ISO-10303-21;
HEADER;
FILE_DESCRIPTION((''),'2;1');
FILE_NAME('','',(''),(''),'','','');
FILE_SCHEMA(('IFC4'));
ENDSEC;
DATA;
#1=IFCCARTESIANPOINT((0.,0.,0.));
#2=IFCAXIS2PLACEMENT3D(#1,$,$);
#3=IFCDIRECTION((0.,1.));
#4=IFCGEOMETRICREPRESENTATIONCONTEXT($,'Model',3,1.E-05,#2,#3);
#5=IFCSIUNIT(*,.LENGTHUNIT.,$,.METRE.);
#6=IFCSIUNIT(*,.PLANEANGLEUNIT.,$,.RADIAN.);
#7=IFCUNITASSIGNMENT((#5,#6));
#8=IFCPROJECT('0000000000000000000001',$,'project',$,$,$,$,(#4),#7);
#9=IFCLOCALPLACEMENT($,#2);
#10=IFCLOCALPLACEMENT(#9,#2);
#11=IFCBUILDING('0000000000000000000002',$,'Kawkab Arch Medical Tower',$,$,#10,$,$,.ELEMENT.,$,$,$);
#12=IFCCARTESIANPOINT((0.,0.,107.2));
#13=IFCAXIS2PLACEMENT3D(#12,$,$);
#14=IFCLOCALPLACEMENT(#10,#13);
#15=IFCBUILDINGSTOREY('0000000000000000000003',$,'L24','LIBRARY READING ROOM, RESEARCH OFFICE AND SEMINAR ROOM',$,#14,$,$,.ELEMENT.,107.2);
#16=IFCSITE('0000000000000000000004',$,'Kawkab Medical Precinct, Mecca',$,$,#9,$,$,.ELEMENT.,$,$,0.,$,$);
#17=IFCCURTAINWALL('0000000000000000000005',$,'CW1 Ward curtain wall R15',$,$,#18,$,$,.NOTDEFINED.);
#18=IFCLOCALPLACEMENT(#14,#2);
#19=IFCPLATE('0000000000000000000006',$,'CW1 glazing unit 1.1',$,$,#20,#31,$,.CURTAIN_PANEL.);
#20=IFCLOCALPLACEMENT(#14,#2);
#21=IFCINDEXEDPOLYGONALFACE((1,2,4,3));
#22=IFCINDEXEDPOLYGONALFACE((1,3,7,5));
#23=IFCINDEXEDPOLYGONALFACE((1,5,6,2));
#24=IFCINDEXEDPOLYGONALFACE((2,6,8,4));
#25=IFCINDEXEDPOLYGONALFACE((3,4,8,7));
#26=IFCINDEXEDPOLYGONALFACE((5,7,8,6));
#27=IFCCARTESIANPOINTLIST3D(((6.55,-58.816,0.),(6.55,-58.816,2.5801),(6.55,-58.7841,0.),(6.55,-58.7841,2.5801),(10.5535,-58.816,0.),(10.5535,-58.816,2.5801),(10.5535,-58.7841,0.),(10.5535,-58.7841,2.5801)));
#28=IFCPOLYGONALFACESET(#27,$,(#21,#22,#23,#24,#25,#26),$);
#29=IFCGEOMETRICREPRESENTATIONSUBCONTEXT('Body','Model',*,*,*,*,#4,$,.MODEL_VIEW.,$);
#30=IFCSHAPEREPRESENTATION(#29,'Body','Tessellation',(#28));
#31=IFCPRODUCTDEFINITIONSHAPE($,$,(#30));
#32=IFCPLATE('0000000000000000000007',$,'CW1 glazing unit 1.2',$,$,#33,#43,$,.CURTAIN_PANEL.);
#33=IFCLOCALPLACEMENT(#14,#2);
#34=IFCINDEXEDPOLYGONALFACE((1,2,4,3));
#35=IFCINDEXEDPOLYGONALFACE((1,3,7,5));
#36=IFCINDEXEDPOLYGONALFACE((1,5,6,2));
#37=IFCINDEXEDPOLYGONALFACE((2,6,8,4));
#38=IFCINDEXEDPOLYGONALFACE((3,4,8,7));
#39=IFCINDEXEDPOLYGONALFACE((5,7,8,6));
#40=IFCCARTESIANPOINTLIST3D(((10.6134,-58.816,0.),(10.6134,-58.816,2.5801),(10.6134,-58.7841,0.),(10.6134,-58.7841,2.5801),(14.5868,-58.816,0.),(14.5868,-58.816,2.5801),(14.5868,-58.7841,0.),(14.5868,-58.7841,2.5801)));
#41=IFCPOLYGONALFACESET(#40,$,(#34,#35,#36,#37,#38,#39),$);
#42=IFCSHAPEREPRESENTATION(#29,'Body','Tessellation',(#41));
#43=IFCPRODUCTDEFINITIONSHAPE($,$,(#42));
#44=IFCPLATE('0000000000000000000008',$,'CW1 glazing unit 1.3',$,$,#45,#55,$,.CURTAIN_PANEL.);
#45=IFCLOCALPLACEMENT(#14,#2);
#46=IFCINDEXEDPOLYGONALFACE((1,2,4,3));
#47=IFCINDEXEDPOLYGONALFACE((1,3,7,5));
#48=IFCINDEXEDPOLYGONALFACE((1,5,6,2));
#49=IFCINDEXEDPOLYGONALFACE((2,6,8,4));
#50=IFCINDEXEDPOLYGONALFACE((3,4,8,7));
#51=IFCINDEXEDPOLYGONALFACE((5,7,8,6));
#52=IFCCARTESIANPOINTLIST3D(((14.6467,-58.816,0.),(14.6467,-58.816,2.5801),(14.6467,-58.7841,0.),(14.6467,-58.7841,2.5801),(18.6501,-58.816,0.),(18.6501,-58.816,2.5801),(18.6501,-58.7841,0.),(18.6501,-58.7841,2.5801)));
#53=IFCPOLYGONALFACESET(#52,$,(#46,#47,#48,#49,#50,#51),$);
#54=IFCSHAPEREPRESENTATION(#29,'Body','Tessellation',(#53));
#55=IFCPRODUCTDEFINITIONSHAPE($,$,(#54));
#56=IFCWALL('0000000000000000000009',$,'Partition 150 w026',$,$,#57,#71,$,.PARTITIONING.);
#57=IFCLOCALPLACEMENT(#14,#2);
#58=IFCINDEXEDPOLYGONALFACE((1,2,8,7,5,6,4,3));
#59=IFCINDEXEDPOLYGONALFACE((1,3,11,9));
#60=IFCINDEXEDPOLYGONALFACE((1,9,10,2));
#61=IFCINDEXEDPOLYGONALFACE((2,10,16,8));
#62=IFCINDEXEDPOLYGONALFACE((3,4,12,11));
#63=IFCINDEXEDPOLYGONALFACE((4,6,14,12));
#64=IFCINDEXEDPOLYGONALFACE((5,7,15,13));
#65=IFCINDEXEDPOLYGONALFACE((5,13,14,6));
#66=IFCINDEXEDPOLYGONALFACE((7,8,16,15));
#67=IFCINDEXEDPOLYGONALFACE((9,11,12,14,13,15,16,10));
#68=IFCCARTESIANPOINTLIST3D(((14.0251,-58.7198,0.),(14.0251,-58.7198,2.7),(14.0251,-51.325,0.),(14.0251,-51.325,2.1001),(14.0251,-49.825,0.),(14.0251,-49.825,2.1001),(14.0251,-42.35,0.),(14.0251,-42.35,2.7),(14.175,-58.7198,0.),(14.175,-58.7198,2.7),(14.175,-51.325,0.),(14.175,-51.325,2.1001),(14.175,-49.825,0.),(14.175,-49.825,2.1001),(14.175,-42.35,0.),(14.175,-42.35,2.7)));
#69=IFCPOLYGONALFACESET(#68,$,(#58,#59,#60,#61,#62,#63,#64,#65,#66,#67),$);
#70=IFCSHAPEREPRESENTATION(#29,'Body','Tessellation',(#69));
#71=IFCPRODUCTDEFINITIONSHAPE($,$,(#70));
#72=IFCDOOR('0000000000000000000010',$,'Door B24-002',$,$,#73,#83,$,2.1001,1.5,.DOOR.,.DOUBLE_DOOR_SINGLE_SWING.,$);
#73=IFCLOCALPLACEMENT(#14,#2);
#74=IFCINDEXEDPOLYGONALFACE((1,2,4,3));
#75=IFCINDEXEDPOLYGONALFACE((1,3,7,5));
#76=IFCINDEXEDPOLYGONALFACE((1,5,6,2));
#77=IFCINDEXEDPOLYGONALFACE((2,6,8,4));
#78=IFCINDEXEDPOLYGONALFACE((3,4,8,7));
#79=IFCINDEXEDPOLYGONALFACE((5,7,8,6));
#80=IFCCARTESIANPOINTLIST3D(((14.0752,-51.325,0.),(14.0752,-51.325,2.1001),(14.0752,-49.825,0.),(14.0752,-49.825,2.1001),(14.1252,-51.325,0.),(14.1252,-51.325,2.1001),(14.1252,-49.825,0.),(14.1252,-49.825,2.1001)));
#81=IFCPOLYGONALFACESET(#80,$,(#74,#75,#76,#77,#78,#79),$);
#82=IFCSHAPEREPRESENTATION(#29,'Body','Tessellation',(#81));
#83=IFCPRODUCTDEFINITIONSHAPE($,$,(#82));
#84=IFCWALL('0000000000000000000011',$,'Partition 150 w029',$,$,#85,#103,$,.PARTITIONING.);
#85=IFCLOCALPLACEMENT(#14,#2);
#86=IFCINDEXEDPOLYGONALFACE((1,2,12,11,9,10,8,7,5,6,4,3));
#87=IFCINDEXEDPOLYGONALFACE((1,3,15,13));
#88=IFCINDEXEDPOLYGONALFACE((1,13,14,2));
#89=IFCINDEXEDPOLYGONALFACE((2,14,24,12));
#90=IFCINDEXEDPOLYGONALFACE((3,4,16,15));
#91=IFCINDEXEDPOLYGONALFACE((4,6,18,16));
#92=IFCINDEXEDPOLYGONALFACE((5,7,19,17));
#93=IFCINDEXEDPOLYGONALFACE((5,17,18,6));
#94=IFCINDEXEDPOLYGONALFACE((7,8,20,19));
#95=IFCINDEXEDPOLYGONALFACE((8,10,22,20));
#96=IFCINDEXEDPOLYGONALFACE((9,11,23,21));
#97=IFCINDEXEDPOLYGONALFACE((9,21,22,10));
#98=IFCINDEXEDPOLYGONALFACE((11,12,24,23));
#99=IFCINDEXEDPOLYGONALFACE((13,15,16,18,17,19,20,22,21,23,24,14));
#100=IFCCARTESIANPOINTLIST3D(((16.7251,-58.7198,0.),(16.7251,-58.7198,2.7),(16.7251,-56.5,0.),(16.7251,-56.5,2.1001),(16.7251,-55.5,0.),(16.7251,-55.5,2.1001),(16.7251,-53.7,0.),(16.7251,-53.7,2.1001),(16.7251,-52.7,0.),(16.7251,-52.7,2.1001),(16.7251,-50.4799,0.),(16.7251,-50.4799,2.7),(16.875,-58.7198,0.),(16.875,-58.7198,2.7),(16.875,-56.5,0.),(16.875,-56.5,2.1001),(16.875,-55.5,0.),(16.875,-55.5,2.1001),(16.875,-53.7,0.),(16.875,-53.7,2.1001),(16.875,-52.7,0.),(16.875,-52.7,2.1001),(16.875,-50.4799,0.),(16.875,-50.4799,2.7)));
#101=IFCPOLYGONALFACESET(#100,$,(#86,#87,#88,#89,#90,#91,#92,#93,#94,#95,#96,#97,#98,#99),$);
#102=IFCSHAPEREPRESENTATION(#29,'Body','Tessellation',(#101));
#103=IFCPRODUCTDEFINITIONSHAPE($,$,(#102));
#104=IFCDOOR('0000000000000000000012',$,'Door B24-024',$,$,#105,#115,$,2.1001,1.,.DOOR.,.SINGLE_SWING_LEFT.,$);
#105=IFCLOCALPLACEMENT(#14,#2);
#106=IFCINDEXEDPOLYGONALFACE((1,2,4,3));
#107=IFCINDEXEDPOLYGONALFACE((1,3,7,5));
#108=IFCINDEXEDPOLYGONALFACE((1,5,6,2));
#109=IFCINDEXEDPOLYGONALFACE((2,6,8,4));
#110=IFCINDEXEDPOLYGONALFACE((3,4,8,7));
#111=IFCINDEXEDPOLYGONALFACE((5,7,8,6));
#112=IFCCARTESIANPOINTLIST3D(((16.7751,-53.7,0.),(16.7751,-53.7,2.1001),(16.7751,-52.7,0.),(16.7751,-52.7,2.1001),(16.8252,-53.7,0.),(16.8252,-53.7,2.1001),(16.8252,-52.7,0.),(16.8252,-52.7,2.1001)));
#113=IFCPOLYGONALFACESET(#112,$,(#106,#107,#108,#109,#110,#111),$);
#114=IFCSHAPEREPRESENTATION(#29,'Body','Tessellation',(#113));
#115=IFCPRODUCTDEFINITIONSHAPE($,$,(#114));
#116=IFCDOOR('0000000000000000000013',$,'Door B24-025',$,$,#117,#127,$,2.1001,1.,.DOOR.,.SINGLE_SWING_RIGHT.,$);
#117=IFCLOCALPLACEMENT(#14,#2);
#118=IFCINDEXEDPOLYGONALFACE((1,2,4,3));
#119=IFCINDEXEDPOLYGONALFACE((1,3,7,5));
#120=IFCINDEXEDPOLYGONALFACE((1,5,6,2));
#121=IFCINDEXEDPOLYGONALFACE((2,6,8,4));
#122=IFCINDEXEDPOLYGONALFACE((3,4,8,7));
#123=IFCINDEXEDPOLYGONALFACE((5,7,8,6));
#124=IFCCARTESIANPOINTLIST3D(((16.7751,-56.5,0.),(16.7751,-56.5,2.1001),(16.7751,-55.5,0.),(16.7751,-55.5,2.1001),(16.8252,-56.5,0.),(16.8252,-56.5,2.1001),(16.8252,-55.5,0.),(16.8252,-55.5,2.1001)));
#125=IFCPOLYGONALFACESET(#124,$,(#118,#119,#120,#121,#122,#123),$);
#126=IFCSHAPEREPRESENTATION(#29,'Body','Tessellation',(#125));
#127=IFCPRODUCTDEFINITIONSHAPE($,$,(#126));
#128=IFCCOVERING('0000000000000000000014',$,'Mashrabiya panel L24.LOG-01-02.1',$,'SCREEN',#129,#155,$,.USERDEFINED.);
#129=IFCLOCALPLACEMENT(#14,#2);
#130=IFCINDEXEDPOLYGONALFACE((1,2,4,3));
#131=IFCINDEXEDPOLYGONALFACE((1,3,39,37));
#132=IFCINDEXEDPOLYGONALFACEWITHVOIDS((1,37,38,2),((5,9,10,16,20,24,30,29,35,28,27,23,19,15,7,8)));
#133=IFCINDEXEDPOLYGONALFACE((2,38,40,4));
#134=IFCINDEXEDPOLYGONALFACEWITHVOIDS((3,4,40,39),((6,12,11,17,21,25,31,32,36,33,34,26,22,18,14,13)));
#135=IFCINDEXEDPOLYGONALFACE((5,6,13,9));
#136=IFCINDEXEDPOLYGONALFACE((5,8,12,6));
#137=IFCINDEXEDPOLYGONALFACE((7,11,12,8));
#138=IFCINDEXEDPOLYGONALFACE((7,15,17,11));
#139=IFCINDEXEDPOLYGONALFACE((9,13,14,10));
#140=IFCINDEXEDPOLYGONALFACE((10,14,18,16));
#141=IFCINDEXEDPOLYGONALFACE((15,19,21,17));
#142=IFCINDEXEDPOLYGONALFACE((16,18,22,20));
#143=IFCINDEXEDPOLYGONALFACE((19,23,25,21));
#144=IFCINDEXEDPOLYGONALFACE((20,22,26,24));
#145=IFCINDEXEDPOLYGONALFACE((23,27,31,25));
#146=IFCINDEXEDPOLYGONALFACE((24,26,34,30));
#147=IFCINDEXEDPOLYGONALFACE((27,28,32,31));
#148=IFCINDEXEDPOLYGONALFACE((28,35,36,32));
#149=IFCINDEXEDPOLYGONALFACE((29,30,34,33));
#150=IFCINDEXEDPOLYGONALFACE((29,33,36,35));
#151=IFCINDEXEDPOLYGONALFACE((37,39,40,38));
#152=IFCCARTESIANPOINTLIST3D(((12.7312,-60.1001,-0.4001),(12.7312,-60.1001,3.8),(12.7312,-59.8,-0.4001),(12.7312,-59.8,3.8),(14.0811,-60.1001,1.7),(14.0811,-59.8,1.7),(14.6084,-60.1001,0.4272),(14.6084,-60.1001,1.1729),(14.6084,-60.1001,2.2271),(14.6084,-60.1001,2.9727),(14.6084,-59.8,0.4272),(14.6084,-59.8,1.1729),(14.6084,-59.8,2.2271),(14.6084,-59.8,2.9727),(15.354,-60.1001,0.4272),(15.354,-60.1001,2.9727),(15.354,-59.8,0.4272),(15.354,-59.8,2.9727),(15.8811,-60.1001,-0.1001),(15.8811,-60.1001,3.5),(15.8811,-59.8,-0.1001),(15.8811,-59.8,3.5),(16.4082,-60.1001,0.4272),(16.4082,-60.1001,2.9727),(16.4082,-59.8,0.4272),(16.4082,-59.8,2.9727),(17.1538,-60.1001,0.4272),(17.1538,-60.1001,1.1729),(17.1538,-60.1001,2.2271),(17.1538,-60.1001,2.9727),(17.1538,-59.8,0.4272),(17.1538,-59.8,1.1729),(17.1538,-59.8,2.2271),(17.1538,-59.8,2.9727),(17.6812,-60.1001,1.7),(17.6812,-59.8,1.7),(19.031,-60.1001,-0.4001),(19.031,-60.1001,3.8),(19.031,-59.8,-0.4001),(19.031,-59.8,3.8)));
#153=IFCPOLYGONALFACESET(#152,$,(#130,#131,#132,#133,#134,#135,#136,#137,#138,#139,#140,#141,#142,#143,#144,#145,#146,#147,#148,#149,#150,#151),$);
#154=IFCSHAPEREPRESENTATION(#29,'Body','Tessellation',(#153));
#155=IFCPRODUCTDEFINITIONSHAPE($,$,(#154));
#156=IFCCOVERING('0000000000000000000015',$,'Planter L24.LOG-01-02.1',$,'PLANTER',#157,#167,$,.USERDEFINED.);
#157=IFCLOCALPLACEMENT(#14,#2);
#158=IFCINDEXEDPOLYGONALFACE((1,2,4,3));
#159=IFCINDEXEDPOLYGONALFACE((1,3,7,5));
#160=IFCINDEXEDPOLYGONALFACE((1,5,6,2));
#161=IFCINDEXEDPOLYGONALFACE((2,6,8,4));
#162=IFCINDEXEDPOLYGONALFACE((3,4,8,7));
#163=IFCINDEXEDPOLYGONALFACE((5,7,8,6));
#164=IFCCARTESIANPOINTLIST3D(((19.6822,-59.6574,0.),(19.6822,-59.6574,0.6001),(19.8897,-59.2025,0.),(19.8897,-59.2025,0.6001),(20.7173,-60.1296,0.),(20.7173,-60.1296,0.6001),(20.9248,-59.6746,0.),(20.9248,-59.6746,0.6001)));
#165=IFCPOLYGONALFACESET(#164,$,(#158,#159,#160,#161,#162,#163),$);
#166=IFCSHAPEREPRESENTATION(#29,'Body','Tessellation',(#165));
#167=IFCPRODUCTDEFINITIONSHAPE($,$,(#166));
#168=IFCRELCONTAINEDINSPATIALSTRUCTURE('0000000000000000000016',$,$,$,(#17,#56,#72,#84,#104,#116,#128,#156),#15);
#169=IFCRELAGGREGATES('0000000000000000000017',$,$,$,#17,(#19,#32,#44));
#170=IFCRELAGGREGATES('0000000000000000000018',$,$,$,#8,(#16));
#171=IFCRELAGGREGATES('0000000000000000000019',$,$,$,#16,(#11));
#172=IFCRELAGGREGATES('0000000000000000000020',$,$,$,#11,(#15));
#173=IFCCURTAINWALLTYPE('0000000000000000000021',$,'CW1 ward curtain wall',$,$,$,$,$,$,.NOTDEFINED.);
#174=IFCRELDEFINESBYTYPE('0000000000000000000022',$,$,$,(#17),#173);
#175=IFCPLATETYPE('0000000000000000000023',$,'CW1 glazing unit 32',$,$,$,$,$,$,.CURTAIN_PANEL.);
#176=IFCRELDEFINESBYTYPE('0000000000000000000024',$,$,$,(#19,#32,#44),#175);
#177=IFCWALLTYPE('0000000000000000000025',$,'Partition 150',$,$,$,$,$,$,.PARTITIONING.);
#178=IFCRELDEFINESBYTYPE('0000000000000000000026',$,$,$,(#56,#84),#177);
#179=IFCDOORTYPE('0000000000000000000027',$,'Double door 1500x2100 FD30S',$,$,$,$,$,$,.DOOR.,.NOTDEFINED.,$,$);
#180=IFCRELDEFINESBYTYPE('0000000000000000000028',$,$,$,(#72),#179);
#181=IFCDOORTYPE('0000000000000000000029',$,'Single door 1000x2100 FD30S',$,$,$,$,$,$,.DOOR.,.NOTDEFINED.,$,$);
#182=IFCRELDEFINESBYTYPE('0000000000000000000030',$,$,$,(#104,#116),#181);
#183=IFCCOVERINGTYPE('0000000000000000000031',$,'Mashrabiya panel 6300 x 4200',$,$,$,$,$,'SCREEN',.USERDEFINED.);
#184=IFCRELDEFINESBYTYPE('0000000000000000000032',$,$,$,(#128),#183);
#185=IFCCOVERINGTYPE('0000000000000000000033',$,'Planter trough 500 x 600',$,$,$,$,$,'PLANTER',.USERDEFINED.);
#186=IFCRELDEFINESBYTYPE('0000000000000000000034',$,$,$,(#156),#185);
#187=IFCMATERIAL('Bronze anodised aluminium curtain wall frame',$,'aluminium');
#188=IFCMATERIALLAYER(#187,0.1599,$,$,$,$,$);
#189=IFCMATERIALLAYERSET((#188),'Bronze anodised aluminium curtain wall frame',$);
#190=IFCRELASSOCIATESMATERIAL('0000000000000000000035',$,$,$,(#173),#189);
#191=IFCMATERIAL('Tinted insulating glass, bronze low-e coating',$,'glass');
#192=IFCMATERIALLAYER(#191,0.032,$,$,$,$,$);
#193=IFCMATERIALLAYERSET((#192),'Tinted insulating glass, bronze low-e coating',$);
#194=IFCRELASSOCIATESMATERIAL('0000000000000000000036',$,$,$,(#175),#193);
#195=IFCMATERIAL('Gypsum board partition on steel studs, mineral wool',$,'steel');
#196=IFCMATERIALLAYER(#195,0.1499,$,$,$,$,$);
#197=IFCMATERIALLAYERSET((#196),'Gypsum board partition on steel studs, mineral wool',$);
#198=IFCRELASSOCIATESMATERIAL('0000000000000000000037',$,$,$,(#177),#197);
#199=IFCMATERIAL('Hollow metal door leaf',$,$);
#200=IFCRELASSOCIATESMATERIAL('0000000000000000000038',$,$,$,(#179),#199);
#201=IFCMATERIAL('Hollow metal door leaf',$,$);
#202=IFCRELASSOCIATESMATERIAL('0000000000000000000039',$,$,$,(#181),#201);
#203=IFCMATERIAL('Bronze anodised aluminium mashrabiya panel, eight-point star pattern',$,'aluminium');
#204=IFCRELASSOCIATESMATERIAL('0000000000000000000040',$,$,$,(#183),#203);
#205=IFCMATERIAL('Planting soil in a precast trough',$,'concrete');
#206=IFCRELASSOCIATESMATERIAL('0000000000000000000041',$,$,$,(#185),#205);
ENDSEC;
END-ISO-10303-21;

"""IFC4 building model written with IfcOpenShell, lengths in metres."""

from ifc_helpers import new_model, si_unit, direction, frame, frame_2d, origin, origin_2d, place, context, subcontext, project, spatial, polyline, rectangle, outline, extrude, material, layer, layer_set, material_profile, profile_set, type_object, element, fill, aggregate, save


model = new_model("IFC4")

# Units and contexts
model_context = context("Model", 3, precision=1e-05, world=origin(), true_north=direction((0.0, 1.0)))
body_context = subcontext(model_context, "Body", "Model", "MODEL_VIEW")
ifc_project = project(units=[si_unit("LENGTHUNIT", "METRE"), si_unit("PLANEANGLEUNIT", "RADIAN")], contexts=[model_context])

# Site, building, storey
site_placement = place(None, origin())
site = spatial("IfcSite", under=ifc_project, at=site_placement, Name="Kawkab Medical Precinct, Mecca", CompositionType="ELEMENT", RefElevation=0.0)
building_placement = place(site_placement, origin())
building = spatial("IfcBuilding", under=site, at=building_placement, Name="Kawkab Arch Medical Tower", CompositionType="ELEMENT")
storey_placement = place(building_placement, frame((0.0, 0.0, 107.2)))
storey = spatial("IfcBuildingStorey", under=building, at=storey_placement, Name="L24", Description="LIBRARY READING ROOM, RESEARCH OFFICE AND SEMINAR ROOM", CompositionType="ELEMENT", Elevation=107.2)

# Curtain wall
ifc_material_1 = material(Name="Bronze anodised aluminium curtain wall frame", Category="aluminium")
ifc_layer_1 = layer(ifc_material_1, 0.1599)
ifc_layer_set_1 = layer_set([ifc_layer_1], Name="Bronze anodised aluminium curtain wall frame")
curtain_wall_type = type_object("IfcCurtainWallType", Name="CW1 ward curtain wall", PredefinedType="NOTDEFINED", material=ifc_layer_set_1)
curtain_wall_placement = place(storey_placement, origin())
curtain_wall = element("IfcCurtainWall", 1, at=curtain_wall_placement, inside=storey, type_object=curtain_wall_type, Name="CW1 Ward curtain wall R15", PredefinedType="NOTDEFINED")

# Plates
ifc_material_2 = material(Name="Tinted insulating glass, bronze low-e coating", Category="glass")
ifc_layer_2 = layer(ifc_material_2, 0.032)
ifc_layer_set_2 = layer_set([ifc_layer_2], Name="Tinted insulating glass, bronze low-e coating")
plate_type = type_object("IfcPlateType", Name="CW1 glazing unit 32", PredefinedType="CURTAIN_PANEL", material=ifc_layer_set_2)
plate_1_placement = place(storey_placement, frame((8.5518, -58.8, 0.0), z_axis=(0.0, 0.0, 1.0), x_axis=(1.0, 0.0, 0.0)))
plate_1 = element("IfcPlate", 2, at=plate_1_placement, type_object=plate_type, Name="CW1 glazing unit 1.1", PredefinedType="CURTAIN_PANEL", context=body_context, shape_type="SweptSolid", body=[
    extrude(rectangle(XDim=4.0034, YDim=0.032, at=origin_2d()), origin(), (0.0, 0.0, 1.0), 2.5801),
])
plate_2_placement = place(storey_placement, frame((12.6001, -58.8, 0.0), z_axis=(0.0, 0.0, 1.0), x_axis=(1.0, 0.0, 0.0)))
plate_2 = element("IfcPlate", 3, at=plate_2_placement, type_object=plate_type, Name="CW1 glazing unit 1.2", PredefinedType="CURTAIN_PANEL", context=body_context, shape_type="SweptSolid", body=[
    extrude(rectangle(XDim=3.9734, YDim=0.032, at=origin_2d()), origin(), (0.0, 0.0, 1.0), 2.5801),
])
plate_3_placement = place(storey_placement, frame((16.6484, -58.8, 0.0), z_axis=(0.0, 0.0, 1.0), x_axis=(1.0, 0.0, 0.0)))
plate_3 = element("IfcPlate", 4, at=plate_3_placement, type_object=plate_type, Name="CW1 glazing unit 1.3", PredefinedType="CURTAIN_PANEL", context=body_context, shape_type="SweptSolid", body=[
    extrude(rectangle(XDim=4.0034, YDim=0.032, at=origin_2d()), origin(), (0.0, 0.0, 1.0), 2.5801),
])
aggregate(curtain_wall, [plate_1, plate_2, plate_3])

# Wall, opening, door
ifc_material_3 = material(Name="Gypsum board partition on steel studs, mineral wool", Category="steel")
ifc_layer_3 = layer(ifc_material_3, 0.1499)
ifc_layer_set_3 = layer_set([ifc_layer_3], Name="Gypsum board partition on steel studs, mineral wool")
wall_type = type_object("IfcWallType", Name="Partition 150", PredefinedType="PARTITIONING", material=ifc_layer_set_3)
wall_1_placement = place(storey_placement, frame((14.1001, -58.72, 0.0), z_axis=(0.0, 0.0, 1.0), x_axis=(0.0, 1.0, 0.0)))
wall_1 = element("IfcWall", 5, at=wall_1_placement, inside=storey, type_object=wall_type, Name="Partition 150 w026", PredefinedType="PARTITIONING", context=body_context, shape_type="SweptSolid", body=[
    extrude(rectangle(XDim=16.3699, YDim=0.1499, at=frame_2d((8.1851, 0.0))), origin(), (0.0, 0.0, 1.0), 2.7),
])
opening_1_placement = place(wall_1_placement, frame((7.395, 0.0, 0.0)))
opening_1 = element("IfcOpeningElement", 6, at=opening_1_placement, cuts=wall_1, PredefinedType="OPENING", context=body_context, shape_type="SweptSolid", body=[
    extrude(rectangle(XDim=1.5, YDim=2.1001, at=frame_2d((0.75, 1.05))), frame((0.0, 0.085, 0.0), z_axis=(0.0, -1.0, 0.0), x_axis=(1.0, 0.0, 0.0)), (0.0, 0.0, 1.0), 0.1699),
])
ifc_material_4 = material(Name="Hollow metal door leaf")
door_type_1 = type_object("IfcDoorType", Name="Double door 1500x2100 FD30S", OperationType="NOTDEFINED", PredefinedType="DOOR", material=ifc_material_4)
door_1_placement = place(opening_1_placement, origin())
door_1 = element("IfcDoor", 7, at=door_1_placement, inside=storey, type_object=door_type_1, Name="Door B24-002", OperationType="DOUBLE_DOOR_SINGLE_SWING", OverallHeight=2.1001, OverallWidth=1.5, PredefinedType="DOOR", context=body_context, shape_type="SweptSolid", body=[
    extrude(rectangle(XDim=1.5, YDim=2.1001, at=frame_2d((0.75, 1.05))), frame((0.0, 0.0249, 0.0), z_axis=(0.0, -1.0, 0.0), x_axis=(1.0, 0.0, 0.0)), (0.0, 0.0, 1.0), 0.05),
])
fill(opening_1, door_1)

# Wall, openings, doors
wall_2_placement = place(storey_placement, frame((16.8, -58.72, 0.0), z_axis=(0.0, 0.0, 1.0), x_axis=(0.0, 1.0, 0.0)))
wall_2 = element("IfcWall", 8, at=wall_2_placement, inside=storey, type_object=wall_type, Name="Partition 150 w029", PredefinedType="PARTITIONING", context=body_context, shape_type="SweptSolid", body=[
    extrude(rectangle(XDim=8.24, YDim=0.1499, at=frame_2d((4.1201, 0.0))), origin(), (0.0, 0.0, 1.0), 2.7),
])
opening_2_placement = place(wall_2_placement, frame((5.02, 0.0, 0.0)))
opening_2 = element("IfcOpeningElement", 9, at=opening_2_placement, cuts=wall_2, PredefinedType="OPENING", context=body_context, shape_type="SweptSolid", body=[
    extrude(rectangle(XDim=1.0, YDim=2.1001, at=frame_2d((0.5, 1.05))), frame((0.0, 0.085, 0.0), z_axis=(0.0, -1.0, 0.0), x_axis=(1.0, 0.0, 0.0)), (0.0, 0.0, 1.0), 0.1699),
])
opening_3_placement = place(wall_2_placement, frame((2.22, 0.0, 0.0)))
opening_3 = element("IfcOpeningElement", 10, at=opening_3_placement, cuts=wall_2, PredefinedType="OPENING", context=body_context, shape_type="SweptSolid", body=[
    extrude(rectangle(XDim=1.0, YDim=2.1001, at=frame_2d((0.5, 1.05))), frame((0.0, 0.085, 0.0), z_axis=(0.0, -1.0, 0.0), x_axis=(1.0, 0.0, 0.0)), (0.0, 0.0, 1.0), 0.1699),
])
ifc_material_5 = material(Name="Hollow metal door leaf")
door_type_2 = type_object("IfcDoorType", Name="Single door 1000x2100 FD30S", OperationType="NOTDEFINED", PredefinedType="DOOR", material=ifc_material_5)
door_2_placement = place(opening_2_placement, origin())
door_2 = element("IfcDoor", 11, at=door_2_placement, inside=storey, type_object=door_type_2, Name="Door B24-024", OperationType="SINGLE_SWING_LEFT", OverallHeight=2.1001, OverallWidth=1.0, PredefinedType="DOOR", context=body_context, shape_type="SweptSolid", body=[
    extrude(rectangle(XDim=1.0, YDim=2.1001, at=frame_2d((0.5, 1.05))), frame((0.0, 0.0249, 0.0), z_axis=(0.0, -1.0, 0.0), x_axis=(1.0, 0.0, 0.0)), (0.0, 0.0, 1.0), 0.05),
])
fill(opening_2, door_2)
door_3_placement = place(opening_3_placement, origin())
door_3 = element("IfcDoor", 12, at=door_3_placement, inside=storey, type_object=door_type_2, Name="Door B24-025", OperationType="SINGLE_SWING_RIGHT", OverallHeight=2.1001, OverallWidth=1.0, PredefinedType="DOOR", context=body_context, shape_type="SweptSolid", body=[
    extrude(rectangle(XDim=1.0, YDim=2.1001, at=frame_2d((0.5, 1.05))), frame((0.0, 0.0249, 0.0), z_axis=(0.0, -1.0, 0.0), x_axis=(1.0, 0.0, 0.0)), (0.0, 0.0, 1.0), 0.05),
])
fill(opening_3, door_3)

# Coverings
ifc_material_6 = material(Name="Bronze anodised aluminium mashrabiya panel, eight-point star pattern", Category="aluminium")
ifc_material_profile_1 = material_profile(ifc_material_6, outline(polyline([(-3.1499, -2.1001), (3.1499, -2.1001), (3.1499, 2.1001), (-3.1499, 2.1001), (-3.1499, -2.1001)]), holes=[polyline([(1.8, 0.0), (1.2727, 0.5271), (1.2727, 1.2727), (0.5271, 1.2727), (0.0, 1.8), (-0.5271, 1.2727), (-1.2727, 1.2727), (-1.2727, 0.5271), (-1.8, 0.0), (-1.2727, -0.5271), (-1.2727, -1.2727), (-0.5271, -1.2727), (0.0, -1.8), (0.5271, -1.2727), (1.2727, -1.2727), (1.2727, -0.5271), (1.8, 0.0)])]), Name="Mashrabiya panel 6300x4200")
ifc_profile_set_1 = profile_set([ifc_material_profile_1], Name="Bronze anodised aluminium mashrabiya panel, eight-point star pattern")
covering_type_1 = type_object("IfcCoveringType", Name="Mashrabiya panel 6300 x 4200", ElementType="SCREEN", PredefinedType="USERDEFINED", material=ifc_profile_set_1)
covering_1_placement = place(storey_placement, frame((15.8811, -59.8, 1.7), z_axis=(0.0, -1.0, 0.0), x_axis=(1.0, 0.0, 0.0)))
element("IfcCovering", 13, at=covering_1_placement, inside=storey, type_object=covering_type_1, Name="Mashrabiya panel L24.LOG-01-02.1", ObjectType="SCREEN", PredefinedType="USERDEFINED", context=body_context, shape_type="SweptSolid", body=[
    extrude(outline(polyline([(-3.1499, -2.1001), (3.1499, -2.1001), (3.1499, 2.1001), (-3.1499, 2.1001), (-3.1499, -2.1001)]), holes=[polyline([(1.8, 0.0), (1.2727, 0.5271), (1.2727, 1.2727), (0.5271, 1.2727), (0.0, 1.8), (-0.5271, 1.2727), (-1.2727, 1.2727), (-1.2727, 0.5271), (-1.8, 0.0), (-1.2727, -0.5271), (-1.2727, -1.2727), (-0.5271, -1.2727), (0.0, -1.8), (0.5271, -1.2727), (1.2727, -1.2727), (1.2727, -0.5271), (1.8, 0.0)])]), origin(), (0.0, 0.0, 1.0), 0.3),
])
ifc_material_7 = material(Name="Planting soil in a precast trough", Category="concrete")
ifc_material_profile_2 = material_profile(ifc_material_7, rectangle(XDim=0.5, YDim=0.6001, at=origin_2d()), Name="Trough 500x600")
ifc_profile_set_2 = profile_set([ifc_material_profile_2], Name="Planting soil in a precast trough")
covering_type_2 = type_object("IfcCoveringType", Name="Planter trough 500 x 600", ElementType="PLANTER", PredefinedType="USERDEFINED", material=ifc_profile_set_2)
covering_2_placement = place(storey_placement, frame((20.821, -59.9021, 0.3), z_axis=(-0.909822, 0.414999, 0.0), x_axis=(-0.414999, -0.909822, 0.0)))
element("IfcCovering", 14, at=covering_2_placement, inside=storey, type_object=covering_type_2, Name="Planter L24.LOG-01-02.1", ObjectType="PLANTER", PredefinedType="USERDEFINED", context=body_context, shape_type="SweptSolid", body=[
    extrude(rectangle(XDim=0.5, YDim=0.6001, at=origin_2d()), origin(), (0.0, 0.0, 1.0), 1.1377),
])

save(model, "model.ifc")
